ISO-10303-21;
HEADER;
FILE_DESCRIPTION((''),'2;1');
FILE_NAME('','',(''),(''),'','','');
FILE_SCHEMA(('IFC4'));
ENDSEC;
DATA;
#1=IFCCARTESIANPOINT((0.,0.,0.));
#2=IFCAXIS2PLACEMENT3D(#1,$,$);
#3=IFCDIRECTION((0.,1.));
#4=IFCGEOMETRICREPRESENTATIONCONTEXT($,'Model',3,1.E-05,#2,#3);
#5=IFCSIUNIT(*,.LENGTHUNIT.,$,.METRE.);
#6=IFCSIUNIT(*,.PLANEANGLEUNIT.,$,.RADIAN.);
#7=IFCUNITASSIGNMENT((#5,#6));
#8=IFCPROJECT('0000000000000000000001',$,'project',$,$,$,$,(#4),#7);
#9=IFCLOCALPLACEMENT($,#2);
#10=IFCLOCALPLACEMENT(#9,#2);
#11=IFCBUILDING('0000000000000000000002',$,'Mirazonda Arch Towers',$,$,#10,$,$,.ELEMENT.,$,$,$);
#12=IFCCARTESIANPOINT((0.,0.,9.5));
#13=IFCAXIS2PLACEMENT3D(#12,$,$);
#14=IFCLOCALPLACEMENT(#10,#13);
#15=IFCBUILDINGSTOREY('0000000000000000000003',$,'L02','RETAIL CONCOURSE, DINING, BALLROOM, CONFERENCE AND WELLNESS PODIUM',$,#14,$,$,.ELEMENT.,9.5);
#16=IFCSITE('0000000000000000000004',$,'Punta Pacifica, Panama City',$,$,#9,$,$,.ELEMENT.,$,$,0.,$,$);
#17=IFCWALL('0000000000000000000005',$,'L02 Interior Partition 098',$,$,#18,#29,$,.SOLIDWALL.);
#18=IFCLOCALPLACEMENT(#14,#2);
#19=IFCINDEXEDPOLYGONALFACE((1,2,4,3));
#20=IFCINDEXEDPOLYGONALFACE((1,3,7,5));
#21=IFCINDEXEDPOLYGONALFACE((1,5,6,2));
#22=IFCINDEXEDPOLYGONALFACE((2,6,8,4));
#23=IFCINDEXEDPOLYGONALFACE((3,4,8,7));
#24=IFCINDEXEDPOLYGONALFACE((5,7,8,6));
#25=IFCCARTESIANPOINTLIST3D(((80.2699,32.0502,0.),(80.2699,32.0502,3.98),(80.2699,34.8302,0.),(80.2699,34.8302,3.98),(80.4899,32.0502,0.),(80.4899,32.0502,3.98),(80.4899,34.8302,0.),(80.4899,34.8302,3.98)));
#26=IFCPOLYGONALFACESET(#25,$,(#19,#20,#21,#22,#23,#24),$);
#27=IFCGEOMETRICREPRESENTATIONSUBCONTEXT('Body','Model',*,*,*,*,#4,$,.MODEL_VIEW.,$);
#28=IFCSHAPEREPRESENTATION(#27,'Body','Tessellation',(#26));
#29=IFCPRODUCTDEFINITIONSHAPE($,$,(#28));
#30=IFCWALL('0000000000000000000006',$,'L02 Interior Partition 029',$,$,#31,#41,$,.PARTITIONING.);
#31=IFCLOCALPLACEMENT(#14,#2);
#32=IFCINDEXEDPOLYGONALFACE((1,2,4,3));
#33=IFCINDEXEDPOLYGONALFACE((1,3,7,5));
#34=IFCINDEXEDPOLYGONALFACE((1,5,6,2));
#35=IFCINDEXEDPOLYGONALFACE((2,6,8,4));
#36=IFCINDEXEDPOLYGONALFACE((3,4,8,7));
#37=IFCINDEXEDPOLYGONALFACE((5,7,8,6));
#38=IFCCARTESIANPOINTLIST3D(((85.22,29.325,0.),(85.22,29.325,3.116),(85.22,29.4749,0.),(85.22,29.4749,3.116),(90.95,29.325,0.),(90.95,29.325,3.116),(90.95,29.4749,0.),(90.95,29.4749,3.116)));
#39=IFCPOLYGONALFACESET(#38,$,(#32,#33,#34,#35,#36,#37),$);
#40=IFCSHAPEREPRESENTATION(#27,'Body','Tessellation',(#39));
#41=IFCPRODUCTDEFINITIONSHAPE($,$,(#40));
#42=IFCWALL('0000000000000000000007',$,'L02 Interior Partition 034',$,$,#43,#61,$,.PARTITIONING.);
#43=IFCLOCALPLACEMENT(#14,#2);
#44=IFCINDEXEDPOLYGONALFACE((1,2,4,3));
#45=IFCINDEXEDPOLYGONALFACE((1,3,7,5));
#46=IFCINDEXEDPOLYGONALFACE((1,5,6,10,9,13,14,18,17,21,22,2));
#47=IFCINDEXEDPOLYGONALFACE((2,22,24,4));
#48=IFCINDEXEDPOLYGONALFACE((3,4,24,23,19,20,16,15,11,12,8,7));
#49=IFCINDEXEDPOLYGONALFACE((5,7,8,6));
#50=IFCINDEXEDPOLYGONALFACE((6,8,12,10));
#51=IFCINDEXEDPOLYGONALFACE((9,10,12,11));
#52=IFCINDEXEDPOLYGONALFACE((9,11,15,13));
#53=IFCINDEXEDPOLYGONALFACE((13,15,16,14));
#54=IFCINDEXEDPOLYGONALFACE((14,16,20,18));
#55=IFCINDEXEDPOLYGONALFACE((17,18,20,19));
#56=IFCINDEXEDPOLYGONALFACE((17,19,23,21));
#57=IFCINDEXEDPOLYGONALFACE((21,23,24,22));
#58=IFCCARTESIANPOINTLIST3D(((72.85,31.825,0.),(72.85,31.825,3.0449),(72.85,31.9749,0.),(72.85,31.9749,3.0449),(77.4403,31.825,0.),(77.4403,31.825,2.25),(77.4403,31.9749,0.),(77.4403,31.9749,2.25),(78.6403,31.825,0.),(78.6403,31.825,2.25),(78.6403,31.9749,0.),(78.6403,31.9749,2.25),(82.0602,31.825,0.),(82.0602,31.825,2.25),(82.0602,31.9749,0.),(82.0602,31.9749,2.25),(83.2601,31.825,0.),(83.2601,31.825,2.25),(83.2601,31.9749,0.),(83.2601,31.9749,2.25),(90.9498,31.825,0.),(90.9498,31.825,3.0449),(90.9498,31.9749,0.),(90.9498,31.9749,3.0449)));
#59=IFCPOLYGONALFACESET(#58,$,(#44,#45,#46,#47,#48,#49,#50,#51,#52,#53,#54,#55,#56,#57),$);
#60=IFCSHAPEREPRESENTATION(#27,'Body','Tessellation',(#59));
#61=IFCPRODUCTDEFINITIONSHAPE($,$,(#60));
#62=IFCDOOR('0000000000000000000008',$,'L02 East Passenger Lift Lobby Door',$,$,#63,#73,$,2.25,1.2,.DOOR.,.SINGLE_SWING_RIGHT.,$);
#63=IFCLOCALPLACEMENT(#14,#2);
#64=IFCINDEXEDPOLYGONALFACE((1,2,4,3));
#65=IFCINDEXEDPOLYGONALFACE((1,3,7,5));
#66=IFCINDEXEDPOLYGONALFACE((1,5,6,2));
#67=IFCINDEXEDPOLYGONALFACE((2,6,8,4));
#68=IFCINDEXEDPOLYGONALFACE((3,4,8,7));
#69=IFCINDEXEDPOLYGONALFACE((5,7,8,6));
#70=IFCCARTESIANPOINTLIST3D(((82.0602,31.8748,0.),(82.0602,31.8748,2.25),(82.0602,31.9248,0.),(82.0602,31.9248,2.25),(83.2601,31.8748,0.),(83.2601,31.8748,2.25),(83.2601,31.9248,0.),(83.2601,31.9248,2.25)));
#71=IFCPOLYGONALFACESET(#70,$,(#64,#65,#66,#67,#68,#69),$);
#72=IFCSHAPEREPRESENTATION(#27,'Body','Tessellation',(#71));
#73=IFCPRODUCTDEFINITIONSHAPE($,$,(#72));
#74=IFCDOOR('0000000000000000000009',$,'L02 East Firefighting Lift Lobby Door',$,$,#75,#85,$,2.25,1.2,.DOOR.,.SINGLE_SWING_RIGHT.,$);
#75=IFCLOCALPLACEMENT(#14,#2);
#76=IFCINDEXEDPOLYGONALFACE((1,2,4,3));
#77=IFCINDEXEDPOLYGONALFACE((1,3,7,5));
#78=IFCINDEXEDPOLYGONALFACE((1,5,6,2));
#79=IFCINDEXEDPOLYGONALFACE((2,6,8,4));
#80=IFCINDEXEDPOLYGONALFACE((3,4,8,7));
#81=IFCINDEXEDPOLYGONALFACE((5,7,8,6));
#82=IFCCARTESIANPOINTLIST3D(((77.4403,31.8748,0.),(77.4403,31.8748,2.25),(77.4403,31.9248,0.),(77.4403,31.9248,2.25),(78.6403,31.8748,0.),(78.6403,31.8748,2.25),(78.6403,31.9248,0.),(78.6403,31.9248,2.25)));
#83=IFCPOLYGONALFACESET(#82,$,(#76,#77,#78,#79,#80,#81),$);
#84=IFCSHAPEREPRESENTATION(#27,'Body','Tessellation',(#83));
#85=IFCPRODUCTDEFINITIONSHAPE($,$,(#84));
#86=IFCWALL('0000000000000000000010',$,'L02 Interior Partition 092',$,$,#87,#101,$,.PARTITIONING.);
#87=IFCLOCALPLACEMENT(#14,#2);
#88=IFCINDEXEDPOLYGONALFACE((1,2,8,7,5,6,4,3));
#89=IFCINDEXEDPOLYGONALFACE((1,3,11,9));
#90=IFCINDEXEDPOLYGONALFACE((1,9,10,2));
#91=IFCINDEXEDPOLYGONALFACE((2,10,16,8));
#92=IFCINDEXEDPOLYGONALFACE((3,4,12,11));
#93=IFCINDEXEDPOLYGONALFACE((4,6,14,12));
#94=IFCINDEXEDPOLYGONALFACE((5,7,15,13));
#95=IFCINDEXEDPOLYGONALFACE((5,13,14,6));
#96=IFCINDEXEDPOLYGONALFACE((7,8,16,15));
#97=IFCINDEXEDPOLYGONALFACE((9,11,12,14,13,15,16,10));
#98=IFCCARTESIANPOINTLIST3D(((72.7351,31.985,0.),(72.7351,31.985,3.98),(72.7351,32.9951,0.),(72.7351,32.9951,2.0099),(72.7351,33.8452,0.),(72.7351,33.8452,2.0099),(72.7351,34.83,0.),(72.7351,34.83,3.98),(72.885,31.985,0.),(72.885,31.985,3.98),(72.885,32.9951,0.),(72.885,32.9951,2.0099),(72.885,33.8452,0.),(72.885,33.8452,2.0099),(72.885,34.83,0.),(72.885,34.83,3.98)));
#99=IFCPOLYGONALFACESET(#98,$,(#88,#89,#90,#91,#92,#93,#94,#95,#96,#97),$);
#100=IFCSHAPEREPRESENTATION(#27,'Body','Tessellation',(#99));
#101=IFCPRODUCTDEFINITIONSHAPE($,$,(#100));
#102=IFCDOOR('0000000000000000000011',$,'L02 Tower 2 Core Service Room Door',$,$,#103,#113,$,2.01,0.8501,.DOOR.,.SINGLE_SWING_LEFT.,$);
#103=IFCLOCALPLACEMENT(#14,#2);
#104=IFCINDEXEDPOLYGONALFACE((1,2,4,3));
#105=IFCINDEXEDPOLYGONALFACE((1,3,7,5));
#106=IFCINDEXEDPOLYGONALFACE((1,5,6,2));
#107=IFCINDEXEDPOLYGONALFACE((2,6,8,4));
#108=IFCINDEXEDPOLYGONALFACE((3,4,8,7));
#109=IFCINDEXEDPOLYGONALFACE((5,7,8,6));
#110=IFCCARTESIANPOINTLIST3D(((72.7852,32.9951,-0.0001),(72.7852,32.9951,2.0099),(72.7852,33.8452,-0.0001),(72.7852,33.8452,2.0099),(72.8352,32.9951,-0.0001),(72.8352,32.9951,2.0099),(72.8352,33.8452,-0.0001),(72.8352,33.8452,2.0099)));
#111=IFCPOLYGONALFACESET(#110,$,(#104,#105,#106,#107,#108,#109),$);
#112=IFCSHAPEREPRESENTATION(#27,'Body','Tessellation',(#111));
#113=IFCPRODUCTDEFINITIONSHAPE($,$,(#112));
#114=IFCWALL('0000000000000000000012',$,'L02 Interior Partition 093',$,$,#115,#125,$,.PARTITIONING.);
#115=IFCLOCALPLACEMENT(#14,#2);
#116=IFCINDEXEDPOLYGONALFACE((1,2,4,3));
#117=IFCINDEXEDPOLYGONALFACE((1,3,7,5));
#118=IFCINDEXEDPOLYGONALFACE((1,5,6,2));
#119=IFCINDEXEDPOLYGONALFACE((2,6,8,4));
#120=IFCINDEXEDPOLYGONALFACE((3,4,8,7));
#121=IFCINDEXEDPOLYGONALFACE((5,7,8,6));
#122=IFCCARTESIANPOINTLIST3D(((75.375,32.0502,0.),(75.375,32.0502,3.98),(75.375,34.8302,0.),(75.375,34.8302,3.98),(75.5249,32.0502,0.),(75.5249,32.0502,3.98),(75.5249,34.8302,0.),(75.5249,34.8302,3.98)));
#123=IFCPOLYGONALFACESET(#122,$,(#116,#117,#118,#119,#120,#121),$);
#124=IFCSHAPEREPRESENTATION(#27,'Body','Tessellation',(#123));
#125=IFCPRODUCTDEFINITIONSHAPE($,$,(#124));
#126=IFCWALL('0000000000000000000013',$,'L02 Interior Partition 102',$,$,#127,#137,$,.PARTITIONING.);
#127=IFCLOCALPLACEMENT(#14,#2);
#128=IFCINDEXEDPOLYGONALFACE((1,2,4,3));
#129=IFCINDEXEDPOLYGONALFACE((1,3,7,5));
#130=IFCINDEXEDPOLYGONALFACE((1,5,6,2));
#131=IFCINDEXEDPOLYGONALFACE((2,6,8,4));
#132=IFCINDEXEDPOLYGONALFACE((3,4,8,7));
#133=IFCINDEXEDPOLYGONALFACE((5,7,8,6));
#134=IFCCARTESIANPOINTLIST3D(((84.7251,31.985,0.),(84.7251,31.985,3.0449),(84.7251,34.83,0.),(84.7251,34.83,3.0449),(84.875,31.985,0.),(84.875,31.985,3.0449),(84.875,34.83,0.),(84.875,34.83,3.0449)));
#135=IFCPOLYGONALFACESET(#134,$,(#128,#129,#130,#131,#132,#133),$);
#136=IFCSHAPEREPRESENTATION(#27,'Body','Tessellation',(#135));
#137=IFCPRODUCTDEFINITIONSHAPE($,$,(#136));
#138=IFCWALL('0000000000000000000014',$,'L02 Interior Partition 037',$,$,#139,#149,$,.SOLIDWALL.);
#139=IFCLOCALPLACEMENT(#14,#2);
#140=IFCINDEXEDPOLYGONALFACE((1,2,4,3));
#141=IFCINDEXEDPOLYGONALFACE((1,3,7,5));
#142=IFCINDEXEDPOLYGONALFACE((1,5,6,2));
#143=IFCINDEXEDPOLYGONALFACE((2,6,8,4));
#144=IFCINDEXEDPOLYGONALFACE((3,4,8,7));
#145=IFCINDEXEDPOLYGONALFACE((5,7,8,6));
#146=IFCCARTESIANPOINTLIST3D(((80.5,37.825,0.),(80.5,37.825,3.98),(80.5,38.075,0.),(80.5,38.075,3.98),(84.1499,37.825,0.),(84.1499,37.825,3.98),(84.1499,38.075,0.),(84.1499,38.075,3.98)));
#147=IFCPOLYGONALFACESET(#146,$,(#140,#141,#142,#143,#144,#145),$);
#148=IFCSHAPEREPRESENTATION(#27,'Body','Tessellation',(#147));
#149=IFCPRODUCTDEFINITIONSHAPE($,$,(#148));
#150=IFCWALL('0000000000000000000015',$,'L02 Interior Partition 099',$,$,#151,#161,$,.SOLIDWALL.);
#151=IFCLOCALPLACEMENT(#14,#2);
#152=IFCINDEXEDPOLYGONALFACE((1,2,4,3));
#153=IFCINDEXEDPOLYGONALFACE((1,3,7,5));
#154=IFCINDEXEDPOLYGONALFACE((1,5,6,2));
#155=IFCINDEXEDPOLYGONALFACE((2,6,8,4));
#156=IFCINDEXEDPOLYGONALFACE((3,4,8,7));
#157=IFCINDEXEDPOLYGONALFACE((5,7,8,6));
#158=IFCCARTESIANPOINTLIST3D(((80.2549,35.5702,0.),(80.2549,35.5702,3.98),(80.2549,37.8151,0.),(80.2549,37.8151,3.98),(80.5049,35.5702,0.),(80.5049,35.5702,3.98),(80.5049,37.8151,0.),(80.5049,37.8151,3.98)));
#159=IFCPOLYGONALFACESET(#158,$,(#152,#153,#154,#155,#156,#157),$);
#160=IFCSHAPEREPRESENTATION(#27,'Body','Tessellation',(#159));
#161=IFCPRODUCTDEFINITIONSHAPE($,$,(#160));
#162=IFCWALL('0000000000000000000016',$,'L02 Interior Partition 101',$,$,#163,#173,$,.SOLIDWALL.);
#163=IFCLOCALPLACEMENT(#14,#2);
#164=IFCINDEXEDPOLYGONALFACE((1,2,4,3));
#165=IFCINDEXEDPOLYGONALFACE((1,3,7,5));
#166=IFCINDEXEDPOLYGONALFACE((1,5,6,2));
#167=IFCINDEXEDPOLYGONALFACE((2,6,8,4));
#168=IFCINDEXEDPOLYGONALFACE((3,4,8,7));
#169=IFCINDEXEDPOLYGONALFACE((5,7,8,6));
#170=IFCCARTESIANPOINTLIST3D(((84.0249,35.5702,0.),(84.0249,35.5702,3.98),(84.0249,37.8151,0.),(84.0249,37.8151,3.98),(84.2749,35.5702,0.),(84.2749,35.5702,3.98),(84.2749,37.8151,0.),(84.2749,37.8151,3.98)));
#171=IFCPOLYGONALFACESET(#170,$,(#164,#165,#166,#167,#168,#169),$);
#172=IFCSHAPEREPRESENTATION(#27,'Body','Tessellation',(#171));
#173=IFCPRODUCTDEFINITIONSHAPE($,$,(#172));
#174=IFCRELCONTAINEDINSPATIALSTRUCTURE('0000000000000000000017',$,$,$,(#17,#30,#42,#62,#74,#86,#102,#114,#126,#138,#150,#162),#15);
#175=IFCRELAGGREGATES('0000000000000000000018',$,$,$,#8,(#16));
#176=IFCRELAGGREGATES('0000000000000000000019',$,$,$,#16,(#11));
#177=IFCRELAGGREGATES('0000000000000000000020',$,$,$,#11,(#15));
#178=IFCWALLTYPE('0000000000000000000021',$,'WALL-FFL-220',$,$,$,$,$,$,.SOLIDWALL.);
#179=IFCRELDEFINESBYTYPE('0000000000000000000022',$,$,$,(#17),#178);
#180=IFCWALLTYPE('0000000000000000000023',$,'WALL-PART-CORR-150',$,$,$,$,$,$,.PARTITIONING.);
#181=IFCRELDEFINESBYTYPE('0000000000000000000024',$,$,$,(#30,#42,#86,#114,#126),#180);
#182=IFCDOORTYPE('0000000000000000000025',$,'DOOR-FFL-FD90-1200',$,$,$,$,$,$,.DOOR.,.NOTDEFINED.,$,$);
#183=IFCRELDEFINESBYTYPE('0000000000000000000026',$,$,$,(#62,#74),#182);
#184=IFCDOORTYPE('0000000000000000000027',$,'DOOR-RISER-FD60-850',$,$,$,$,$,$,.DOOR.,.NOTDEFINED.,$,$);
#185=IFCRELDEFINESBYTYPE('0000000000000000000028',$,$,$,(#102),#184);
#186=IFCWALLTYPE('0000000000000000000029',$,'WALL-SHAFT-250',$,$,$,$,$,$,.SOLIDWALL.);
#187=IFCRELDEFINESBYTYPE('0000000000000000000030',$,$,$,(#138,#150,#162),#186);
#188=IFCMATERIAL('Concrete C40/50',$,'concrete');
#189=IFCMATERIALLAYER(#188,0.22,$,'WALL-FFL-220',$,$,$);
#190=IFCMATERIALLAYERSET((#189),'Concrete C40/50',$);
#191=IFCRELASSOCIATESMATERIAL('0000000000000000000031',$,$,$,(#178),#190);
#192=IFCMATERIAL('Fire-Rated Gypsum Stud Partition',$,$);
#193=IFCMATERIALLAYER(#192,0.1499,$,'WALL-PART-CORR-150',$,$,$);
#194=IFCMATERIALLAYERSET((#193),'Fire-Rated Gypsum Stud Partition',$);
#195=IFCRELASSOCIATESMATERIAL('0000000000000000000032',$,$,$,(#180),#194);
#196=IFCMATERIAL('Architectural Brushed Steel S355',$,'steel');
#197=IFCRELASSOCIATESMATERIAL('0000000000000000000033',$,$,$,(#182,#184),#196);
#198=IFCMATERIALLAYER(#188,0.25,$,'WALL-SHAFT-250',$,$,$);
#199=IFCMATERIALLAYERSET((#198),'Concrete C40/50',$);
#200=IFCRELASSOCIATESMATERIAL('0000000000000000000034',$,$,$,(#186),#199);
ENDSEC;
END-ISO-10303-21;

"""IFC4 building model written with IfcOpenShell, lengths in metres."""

from ifc_helpers import new_model, si_unit, direction, frame, frame_2d, origin, place, context, subcontext, project, spatial, rectangle, extrude, material, layer, layer_set, type_object, element, fill, save


model = new_model("IFC4")

# Units and contexts
model_context = context("Model", 3, precision=1e-05, world=origin(), true_north=direction((0.0, 1.0)))
body_context = subcontext(model_context, "Body", "Model", "MODEL_VIEW")
ifc_project = project(units=[si_unit("LENGTHUNIT", "METRE"), si_unit("PLANEANGLEUNIT", "RADIAN")], contexts=[model_context])

# Site, building, storey
site_placement = place(None, origin())
site = spatial("IfcSite", under=ifc_project, at=site_placement, Name="Punta Pacifica, Panama City", CompositionType="ELEMENT", RefElevation=0.0)
building_placement = place(site_placement, origin())
building = spatial("IfcBuilding", under=site, at=building_placement, Name="Mirazonda Arch Towers", CompositionType="ELEMENT")
storey_placement = place(building_placement, frame((0.0, 0.0, 9.5)))
storey = spatial("IfcBuildingStorey", under=building, at=storey_placement, Name="L02", Description="RETAIL CONCOURSE, DINING, BALLROOM, CONFERENCE AND WELLNESS PODIUM", CompositionType="ELEMENT", Elevation=9.5)

# Walls
ifc_material_1 = material(Name="Concrete C40/50", Category="concrete")
ifc_layer_1 = layer(ifc_material_1, 0.22, Name="WALL-FFL-220")
ifc_layer_set_1 = layer_set([ifc_layer_1], Name="Concrete C40/50")
wall_type_1 = type_object("IfcWallType", Name="WALL-FFL-220", PredefinedType="SOLIDWALL", material=ifc_layer_set_1)
wall_1_placement = place(storey_placement, frame((80.3799, 32.05, 0.0), z_axis=(0.0, 0.0, 1.0), x_axis=(0.0, 1.0, 0.0)))
element("IfcWall", 1, at=wall_1_placement, inside=storey, type_object=wall_type_1, Name="L02 Interior Partition 098", PredefinedType="SOLIDWALL", context=body_context, shape_type="SweptSolid", body=[
    extrude(rectangle(XDim=2.78, YDim=0.22, at=frame_2d((1.3901, 0.0))), origin(), (0.0, 0.0, 1.0), 3.98),
])
ifc_material_2 = material(Name="Fire-Rated Gypsum Stud Partition")
ifc_layer_2 = layer(ifc_material_2, 0.1499, Name="WALL-PART-CORR-150")
ifc_layer_set_2 = layer_set([ifc_layer_2], Name="Fire-Rated Gypsum Stud Partition")
wall_type_2 = type_object("IfcWallType", Name="WALL-PART-CORR-150", PredefinedType="PARTITIONING", material=ifc_layer_set_2)
wall_2_placement = place(storey_placement, frame((85.22, 29.3999, 0.0), z_axis=(0.0, 0.0, 1.0), x_axis=(1.0, 0.0, 0.0)))
element("IfcWall", 2, at=wall_2_placement, inside=storey, type_object=wall_type_2, Name="L02 Interior Partition 029", PredefinedType="PARTITIONING", context=body_context, shape_type="SweptSolid", body=[
    extrude(rectangle(XDim=5.73, YDim=0.1499, at=frame_2d((2.865, 0.0))), origin(), (0.0, 0.0, 1.0), 3.116),
])

# Wall, openings, doors
wall_3_placement = place(storey_placement, frame((72.8501, 31.8999, 0.0), z_axis=(0.0, 0.0, 1.0), x_axis=(1.0, 0.0, 0.0)))
wall_3 = element("IfcWall", 3, at=wall_3_placement, inside=storey, type_object=wall_type_2, Name="L02 Interior Partition 034", PredefinedType="PARTITIONING", context=body_context, shape_type="SweptSolid", body=[
    extrude(rectangle(XDim=18.0999, YDim=0.1499, at=frame_2d((9.0498, 0.0))), origin(), (0.0, 0.0, 1.0), 3.0449),
])
opening_1_placement = place(wall_3_placement, frame((9.21, 0.0, 0.0)))
opening_1 = element("IfcOpeningElement", 4, at=opening_1_placement, cuts=wall_3, PredefinedType="OPENING", context=body_context, shape_type="SweptSolid", body=[
    extrude(rectangle(XDim=1.2, YDim=2.25, at=frame_2d((0.6001, 1.125))), frame((0.0, 0.085, 0.0), z_axis=(0.0, -1.0, 0.0), x_axis=(1.0, 0.0, 0.0)), (0.0, 0.0, 1.0), 0.1699),
])
opening_2_placement = place(wall_3_placement, frame((4.5901, 0.0, 0.0)))
opening_2 = element("IfcOpeningElement", 5, at=opening_2_placement, cuts=wall_3, PredefinedType="OPENING", context=body_context, shape_type="SweptSolid", body=[
    extrude(rectangle(XDim=1.2, YDim=2.25, at=frame_2d((0.6001, 1.125))), frame((0.0, 0.085, 0.0), z_axis=(0.0, -1.0, 0.0), x_axis=(1.0, 0.0, 0.0)), (0.0, 0.0, 1.0), 0.1699),
])
ifc_material_3 = material(Name="Architectural Brushed Steel S355", Category="steel")
door_type_1 = type_object("IfcDoorType", Name="DOOR-FFL-FD90-1200", OperationType="NOTDEFINED", PredefinedType="DOOR", material=ifc_material_3)
door_1_placement = place(opening_1_placement, origin())
door_1 = element("IfcDoor", 6, at=door_1_placement, inside=storey, type_object=door_type_1, Name="L02 East Passenger Lift Lobby Door", OperationType="SINGLE_SWING_RIGHT", OverallHeight=2.25, OverallWidth=1.2, PredefinedType="DOOR", context=body_context, shape_type="SweptSolid", body=[
    extrude(rectangle(XDim=1.2, YDim=2.25, at=frame_2d((0.6001, 1.125))), frame((0.0, 0.0249, 0.0), z_axis=(0.0, -1.0, 0.0), x_axis=(1.0, 0.0, 0.0)), (0.0, 0.0, 1.0), 0.05),
])
fill(opening_1, door_1)
door_2_placement = place(opening_2_placement, origin())
door_2 = element("IfcDoor", 7, at=door_2_placement, inside=storey, type_object=door_type_1, Name="L02 East Firefighting Lift Lobby Door", OperationType="SINGLE_SWING_RIGHT", OverallHeight=2.25, OverallWidth=1.2, PredefinedType="DOOR", context=body_context, shape_type="SweptSolid", body=[
    extrude(rectangle(XDim=1.2, YDim=2.25, at=frame_2d((0.6001, 1.125))), frame((0.0, 0.0249, 0.0), z_axis=(0.0, -1.0, 0.0), x_axis=(1.0, 0.0, 0.0)), (0.0, 0.0, 1.0), 0.05),
])
fill(opening_2, door_2)

# Wall, opening, door
wall_4_placement = place(storey_placement, frame((72.8101, 31.9851, 0.0), z_axis=(0.0, 0.0, 1.0), x_axis=(0.0, 1.0, 0.0)))
wall_4 = element("IfcWall", 8, at=wall_4_placement, inside=storey, type_object=wall_type_2, Name="L02 Interior Partition 092", PredefinedType="PARTITIONING", context=body_context, shape_type="SweptSolid", body=[
    extrude(rectangle(XDim=2.845, YDim=0.1499, at=frame_2d((1.4224, 0.0))), origin(), (0.0, 0.0, 1.0), 3.98),
])
opening_3_placement = place(wall_4_placement, frame((1.01, 0.0, 0.0)))
opening_3 = element("IfcOpeningElement", 9, at=opening_3_placement, cuts=wall_4, PredefinedType="OPENING", context=body_context, shape_type="SweptSolid", body=[
    extrude(rectangle(XDim=0.8501, YDim=2.01, at=frame_2d((0.425, 1.0049))), frame((0.0, 0.085, 0.0), z_axis=(0.0, -1.0, 0.0), x_axis=(1.0, 0.0, 0.0)), (0.0, 0.0, 1.0), 0.1699),
])
door_type_2 = type_object("IfcDoorType", Name="DOOR-RISER-FD60-850", OperationType="NOTDEFINED", PredefinedType="DOOR", material=ifc_material_3)
door_3_placement = place(opening_3_placement, origin())
door_3 = element("IfcDoor", 10, at=door_3_placement, inside=storey, type_object=door_type_2, Name="L02 Tower 2 Core Service Room Door", OperationType="SINGLE_SWING_LEFT", OverallHeight=2.01, OverallWidth=0.8501, PredefinedType="DOOR", context=body_context, shape_type="SweptSolid", body=[
    extrude(rectangle(XDim=0.8501, YDim=2.01, at=frame_2d((0.425, 1.0049))), frame((0.0, 0.0249, 0.0), z_axis=(0.0, -1.0, 0.0), x_axis=(1.0, 0.0, 0.0)), (0.0, 0.0, 1.0), 0.05),
])
fill(opening_3, door_3)

# Walls
wall_5_placement = place(storey_placement, frame((75.45, 32.05, 0.0), z_axis=(0.0, 0.0, 1.0), x_axis=(0.0, 1.0, 0.0)))
element("IfcWall", 11, at=wall_5_placement, inside=storey, type_object=wall_type_2, Name="L02 Interior Partition 093", PredefinedType="PARTITIONING", context=body_context, shape_type="SweptSolid", body=[
    extrude(rectangle(XDim=2.78, YDim=0.1499, at=frame_2d((1.3901, 0.0))), origin(), (0.0, 0.0, 1.0), 3.98),
])
wall_6_placement = place(storey_placement, frame((84.8, 31.9851, 0.0), z_axis=(0.0, 0.0, 1.0), x_axis=(0.0, 1.0, 0.0)))
element("IfcWall", 12, at=wall_6_placement, inside=storey, type_object=wall_type_2, Name="L02 Interior Partition 102", PredefinedType="PARTITIONING", context=body_context, shape_type="SweptSolid", body=[
    extrude(rectangle(XDim=2.845, YDim=0.1499, at=frame_2d((1.4224, 0.0))), origin(), (0.0, 0.0, 1.0), 3.0449),
])
ifc_layer_3 = layer(ifc_material_1, 0.25, Name="WALL-SHAFT-250")
ifc_layer_set_3 = layer_set([ifc_layer_3], Name="Concrete C40/50")
wall_type_3 = type_object("IfcWallType", Name="WALL-SHAFT-250", PredefinedType="SOLIDWALL", material=ifc_layer_set_3)
wall_7_placement = place(storey_placement, frame((80.5, 37.95, 0.0), z_axis=(0.0, 0.0, 1.0), x_axis=(1.0, 0.0, 0.0)))
element("IfcWall", 13, at=wall_7_placement, inside=storey, type_object=wall_type_3, Name="L02 Interior Partition 037", PredefinedType="SOLIDWALL", context=body_context, shape_type="SweptSolid", body=[
    extrude(rectangle(XDim=3.6499, YDim=0.25, at=frame_2d((1.825, 0.0))), origin(), (0.0, 0.0, 1.0), 3.98),
])
for number, where, z_axis, x_axis, name in (
    (14, (80.3799, 35.5701, 0.0), (0.0, 0.0, 1.0), (0.0, 1.0, 0.0), "L02 Interior Partition 099"),
    (15, (84.1499, 35.5701, 0.0), (0.0, 0.0, 1.0), (0.0, 1.0, 0.0), "L02 Interior Partition 101"),
):
    element("IfcWall", number, at=place(storey_placement, frame(where, z_axis=z_axis, x_axis=x_axis)), inside=storey, type_object=wall_type_3, Name=name, PredefinedType="SOLIDWALL", context=body_context, shape_type="SweptSolid", body=[
        extrude(rectangle(XDim=2.2449, YDim=0.25, at=frame_2d((1.1226, 0.0))), origin(), (0.0, 0.0, 1.0), 3.98),
    ])

save(model, "model.ifc")
